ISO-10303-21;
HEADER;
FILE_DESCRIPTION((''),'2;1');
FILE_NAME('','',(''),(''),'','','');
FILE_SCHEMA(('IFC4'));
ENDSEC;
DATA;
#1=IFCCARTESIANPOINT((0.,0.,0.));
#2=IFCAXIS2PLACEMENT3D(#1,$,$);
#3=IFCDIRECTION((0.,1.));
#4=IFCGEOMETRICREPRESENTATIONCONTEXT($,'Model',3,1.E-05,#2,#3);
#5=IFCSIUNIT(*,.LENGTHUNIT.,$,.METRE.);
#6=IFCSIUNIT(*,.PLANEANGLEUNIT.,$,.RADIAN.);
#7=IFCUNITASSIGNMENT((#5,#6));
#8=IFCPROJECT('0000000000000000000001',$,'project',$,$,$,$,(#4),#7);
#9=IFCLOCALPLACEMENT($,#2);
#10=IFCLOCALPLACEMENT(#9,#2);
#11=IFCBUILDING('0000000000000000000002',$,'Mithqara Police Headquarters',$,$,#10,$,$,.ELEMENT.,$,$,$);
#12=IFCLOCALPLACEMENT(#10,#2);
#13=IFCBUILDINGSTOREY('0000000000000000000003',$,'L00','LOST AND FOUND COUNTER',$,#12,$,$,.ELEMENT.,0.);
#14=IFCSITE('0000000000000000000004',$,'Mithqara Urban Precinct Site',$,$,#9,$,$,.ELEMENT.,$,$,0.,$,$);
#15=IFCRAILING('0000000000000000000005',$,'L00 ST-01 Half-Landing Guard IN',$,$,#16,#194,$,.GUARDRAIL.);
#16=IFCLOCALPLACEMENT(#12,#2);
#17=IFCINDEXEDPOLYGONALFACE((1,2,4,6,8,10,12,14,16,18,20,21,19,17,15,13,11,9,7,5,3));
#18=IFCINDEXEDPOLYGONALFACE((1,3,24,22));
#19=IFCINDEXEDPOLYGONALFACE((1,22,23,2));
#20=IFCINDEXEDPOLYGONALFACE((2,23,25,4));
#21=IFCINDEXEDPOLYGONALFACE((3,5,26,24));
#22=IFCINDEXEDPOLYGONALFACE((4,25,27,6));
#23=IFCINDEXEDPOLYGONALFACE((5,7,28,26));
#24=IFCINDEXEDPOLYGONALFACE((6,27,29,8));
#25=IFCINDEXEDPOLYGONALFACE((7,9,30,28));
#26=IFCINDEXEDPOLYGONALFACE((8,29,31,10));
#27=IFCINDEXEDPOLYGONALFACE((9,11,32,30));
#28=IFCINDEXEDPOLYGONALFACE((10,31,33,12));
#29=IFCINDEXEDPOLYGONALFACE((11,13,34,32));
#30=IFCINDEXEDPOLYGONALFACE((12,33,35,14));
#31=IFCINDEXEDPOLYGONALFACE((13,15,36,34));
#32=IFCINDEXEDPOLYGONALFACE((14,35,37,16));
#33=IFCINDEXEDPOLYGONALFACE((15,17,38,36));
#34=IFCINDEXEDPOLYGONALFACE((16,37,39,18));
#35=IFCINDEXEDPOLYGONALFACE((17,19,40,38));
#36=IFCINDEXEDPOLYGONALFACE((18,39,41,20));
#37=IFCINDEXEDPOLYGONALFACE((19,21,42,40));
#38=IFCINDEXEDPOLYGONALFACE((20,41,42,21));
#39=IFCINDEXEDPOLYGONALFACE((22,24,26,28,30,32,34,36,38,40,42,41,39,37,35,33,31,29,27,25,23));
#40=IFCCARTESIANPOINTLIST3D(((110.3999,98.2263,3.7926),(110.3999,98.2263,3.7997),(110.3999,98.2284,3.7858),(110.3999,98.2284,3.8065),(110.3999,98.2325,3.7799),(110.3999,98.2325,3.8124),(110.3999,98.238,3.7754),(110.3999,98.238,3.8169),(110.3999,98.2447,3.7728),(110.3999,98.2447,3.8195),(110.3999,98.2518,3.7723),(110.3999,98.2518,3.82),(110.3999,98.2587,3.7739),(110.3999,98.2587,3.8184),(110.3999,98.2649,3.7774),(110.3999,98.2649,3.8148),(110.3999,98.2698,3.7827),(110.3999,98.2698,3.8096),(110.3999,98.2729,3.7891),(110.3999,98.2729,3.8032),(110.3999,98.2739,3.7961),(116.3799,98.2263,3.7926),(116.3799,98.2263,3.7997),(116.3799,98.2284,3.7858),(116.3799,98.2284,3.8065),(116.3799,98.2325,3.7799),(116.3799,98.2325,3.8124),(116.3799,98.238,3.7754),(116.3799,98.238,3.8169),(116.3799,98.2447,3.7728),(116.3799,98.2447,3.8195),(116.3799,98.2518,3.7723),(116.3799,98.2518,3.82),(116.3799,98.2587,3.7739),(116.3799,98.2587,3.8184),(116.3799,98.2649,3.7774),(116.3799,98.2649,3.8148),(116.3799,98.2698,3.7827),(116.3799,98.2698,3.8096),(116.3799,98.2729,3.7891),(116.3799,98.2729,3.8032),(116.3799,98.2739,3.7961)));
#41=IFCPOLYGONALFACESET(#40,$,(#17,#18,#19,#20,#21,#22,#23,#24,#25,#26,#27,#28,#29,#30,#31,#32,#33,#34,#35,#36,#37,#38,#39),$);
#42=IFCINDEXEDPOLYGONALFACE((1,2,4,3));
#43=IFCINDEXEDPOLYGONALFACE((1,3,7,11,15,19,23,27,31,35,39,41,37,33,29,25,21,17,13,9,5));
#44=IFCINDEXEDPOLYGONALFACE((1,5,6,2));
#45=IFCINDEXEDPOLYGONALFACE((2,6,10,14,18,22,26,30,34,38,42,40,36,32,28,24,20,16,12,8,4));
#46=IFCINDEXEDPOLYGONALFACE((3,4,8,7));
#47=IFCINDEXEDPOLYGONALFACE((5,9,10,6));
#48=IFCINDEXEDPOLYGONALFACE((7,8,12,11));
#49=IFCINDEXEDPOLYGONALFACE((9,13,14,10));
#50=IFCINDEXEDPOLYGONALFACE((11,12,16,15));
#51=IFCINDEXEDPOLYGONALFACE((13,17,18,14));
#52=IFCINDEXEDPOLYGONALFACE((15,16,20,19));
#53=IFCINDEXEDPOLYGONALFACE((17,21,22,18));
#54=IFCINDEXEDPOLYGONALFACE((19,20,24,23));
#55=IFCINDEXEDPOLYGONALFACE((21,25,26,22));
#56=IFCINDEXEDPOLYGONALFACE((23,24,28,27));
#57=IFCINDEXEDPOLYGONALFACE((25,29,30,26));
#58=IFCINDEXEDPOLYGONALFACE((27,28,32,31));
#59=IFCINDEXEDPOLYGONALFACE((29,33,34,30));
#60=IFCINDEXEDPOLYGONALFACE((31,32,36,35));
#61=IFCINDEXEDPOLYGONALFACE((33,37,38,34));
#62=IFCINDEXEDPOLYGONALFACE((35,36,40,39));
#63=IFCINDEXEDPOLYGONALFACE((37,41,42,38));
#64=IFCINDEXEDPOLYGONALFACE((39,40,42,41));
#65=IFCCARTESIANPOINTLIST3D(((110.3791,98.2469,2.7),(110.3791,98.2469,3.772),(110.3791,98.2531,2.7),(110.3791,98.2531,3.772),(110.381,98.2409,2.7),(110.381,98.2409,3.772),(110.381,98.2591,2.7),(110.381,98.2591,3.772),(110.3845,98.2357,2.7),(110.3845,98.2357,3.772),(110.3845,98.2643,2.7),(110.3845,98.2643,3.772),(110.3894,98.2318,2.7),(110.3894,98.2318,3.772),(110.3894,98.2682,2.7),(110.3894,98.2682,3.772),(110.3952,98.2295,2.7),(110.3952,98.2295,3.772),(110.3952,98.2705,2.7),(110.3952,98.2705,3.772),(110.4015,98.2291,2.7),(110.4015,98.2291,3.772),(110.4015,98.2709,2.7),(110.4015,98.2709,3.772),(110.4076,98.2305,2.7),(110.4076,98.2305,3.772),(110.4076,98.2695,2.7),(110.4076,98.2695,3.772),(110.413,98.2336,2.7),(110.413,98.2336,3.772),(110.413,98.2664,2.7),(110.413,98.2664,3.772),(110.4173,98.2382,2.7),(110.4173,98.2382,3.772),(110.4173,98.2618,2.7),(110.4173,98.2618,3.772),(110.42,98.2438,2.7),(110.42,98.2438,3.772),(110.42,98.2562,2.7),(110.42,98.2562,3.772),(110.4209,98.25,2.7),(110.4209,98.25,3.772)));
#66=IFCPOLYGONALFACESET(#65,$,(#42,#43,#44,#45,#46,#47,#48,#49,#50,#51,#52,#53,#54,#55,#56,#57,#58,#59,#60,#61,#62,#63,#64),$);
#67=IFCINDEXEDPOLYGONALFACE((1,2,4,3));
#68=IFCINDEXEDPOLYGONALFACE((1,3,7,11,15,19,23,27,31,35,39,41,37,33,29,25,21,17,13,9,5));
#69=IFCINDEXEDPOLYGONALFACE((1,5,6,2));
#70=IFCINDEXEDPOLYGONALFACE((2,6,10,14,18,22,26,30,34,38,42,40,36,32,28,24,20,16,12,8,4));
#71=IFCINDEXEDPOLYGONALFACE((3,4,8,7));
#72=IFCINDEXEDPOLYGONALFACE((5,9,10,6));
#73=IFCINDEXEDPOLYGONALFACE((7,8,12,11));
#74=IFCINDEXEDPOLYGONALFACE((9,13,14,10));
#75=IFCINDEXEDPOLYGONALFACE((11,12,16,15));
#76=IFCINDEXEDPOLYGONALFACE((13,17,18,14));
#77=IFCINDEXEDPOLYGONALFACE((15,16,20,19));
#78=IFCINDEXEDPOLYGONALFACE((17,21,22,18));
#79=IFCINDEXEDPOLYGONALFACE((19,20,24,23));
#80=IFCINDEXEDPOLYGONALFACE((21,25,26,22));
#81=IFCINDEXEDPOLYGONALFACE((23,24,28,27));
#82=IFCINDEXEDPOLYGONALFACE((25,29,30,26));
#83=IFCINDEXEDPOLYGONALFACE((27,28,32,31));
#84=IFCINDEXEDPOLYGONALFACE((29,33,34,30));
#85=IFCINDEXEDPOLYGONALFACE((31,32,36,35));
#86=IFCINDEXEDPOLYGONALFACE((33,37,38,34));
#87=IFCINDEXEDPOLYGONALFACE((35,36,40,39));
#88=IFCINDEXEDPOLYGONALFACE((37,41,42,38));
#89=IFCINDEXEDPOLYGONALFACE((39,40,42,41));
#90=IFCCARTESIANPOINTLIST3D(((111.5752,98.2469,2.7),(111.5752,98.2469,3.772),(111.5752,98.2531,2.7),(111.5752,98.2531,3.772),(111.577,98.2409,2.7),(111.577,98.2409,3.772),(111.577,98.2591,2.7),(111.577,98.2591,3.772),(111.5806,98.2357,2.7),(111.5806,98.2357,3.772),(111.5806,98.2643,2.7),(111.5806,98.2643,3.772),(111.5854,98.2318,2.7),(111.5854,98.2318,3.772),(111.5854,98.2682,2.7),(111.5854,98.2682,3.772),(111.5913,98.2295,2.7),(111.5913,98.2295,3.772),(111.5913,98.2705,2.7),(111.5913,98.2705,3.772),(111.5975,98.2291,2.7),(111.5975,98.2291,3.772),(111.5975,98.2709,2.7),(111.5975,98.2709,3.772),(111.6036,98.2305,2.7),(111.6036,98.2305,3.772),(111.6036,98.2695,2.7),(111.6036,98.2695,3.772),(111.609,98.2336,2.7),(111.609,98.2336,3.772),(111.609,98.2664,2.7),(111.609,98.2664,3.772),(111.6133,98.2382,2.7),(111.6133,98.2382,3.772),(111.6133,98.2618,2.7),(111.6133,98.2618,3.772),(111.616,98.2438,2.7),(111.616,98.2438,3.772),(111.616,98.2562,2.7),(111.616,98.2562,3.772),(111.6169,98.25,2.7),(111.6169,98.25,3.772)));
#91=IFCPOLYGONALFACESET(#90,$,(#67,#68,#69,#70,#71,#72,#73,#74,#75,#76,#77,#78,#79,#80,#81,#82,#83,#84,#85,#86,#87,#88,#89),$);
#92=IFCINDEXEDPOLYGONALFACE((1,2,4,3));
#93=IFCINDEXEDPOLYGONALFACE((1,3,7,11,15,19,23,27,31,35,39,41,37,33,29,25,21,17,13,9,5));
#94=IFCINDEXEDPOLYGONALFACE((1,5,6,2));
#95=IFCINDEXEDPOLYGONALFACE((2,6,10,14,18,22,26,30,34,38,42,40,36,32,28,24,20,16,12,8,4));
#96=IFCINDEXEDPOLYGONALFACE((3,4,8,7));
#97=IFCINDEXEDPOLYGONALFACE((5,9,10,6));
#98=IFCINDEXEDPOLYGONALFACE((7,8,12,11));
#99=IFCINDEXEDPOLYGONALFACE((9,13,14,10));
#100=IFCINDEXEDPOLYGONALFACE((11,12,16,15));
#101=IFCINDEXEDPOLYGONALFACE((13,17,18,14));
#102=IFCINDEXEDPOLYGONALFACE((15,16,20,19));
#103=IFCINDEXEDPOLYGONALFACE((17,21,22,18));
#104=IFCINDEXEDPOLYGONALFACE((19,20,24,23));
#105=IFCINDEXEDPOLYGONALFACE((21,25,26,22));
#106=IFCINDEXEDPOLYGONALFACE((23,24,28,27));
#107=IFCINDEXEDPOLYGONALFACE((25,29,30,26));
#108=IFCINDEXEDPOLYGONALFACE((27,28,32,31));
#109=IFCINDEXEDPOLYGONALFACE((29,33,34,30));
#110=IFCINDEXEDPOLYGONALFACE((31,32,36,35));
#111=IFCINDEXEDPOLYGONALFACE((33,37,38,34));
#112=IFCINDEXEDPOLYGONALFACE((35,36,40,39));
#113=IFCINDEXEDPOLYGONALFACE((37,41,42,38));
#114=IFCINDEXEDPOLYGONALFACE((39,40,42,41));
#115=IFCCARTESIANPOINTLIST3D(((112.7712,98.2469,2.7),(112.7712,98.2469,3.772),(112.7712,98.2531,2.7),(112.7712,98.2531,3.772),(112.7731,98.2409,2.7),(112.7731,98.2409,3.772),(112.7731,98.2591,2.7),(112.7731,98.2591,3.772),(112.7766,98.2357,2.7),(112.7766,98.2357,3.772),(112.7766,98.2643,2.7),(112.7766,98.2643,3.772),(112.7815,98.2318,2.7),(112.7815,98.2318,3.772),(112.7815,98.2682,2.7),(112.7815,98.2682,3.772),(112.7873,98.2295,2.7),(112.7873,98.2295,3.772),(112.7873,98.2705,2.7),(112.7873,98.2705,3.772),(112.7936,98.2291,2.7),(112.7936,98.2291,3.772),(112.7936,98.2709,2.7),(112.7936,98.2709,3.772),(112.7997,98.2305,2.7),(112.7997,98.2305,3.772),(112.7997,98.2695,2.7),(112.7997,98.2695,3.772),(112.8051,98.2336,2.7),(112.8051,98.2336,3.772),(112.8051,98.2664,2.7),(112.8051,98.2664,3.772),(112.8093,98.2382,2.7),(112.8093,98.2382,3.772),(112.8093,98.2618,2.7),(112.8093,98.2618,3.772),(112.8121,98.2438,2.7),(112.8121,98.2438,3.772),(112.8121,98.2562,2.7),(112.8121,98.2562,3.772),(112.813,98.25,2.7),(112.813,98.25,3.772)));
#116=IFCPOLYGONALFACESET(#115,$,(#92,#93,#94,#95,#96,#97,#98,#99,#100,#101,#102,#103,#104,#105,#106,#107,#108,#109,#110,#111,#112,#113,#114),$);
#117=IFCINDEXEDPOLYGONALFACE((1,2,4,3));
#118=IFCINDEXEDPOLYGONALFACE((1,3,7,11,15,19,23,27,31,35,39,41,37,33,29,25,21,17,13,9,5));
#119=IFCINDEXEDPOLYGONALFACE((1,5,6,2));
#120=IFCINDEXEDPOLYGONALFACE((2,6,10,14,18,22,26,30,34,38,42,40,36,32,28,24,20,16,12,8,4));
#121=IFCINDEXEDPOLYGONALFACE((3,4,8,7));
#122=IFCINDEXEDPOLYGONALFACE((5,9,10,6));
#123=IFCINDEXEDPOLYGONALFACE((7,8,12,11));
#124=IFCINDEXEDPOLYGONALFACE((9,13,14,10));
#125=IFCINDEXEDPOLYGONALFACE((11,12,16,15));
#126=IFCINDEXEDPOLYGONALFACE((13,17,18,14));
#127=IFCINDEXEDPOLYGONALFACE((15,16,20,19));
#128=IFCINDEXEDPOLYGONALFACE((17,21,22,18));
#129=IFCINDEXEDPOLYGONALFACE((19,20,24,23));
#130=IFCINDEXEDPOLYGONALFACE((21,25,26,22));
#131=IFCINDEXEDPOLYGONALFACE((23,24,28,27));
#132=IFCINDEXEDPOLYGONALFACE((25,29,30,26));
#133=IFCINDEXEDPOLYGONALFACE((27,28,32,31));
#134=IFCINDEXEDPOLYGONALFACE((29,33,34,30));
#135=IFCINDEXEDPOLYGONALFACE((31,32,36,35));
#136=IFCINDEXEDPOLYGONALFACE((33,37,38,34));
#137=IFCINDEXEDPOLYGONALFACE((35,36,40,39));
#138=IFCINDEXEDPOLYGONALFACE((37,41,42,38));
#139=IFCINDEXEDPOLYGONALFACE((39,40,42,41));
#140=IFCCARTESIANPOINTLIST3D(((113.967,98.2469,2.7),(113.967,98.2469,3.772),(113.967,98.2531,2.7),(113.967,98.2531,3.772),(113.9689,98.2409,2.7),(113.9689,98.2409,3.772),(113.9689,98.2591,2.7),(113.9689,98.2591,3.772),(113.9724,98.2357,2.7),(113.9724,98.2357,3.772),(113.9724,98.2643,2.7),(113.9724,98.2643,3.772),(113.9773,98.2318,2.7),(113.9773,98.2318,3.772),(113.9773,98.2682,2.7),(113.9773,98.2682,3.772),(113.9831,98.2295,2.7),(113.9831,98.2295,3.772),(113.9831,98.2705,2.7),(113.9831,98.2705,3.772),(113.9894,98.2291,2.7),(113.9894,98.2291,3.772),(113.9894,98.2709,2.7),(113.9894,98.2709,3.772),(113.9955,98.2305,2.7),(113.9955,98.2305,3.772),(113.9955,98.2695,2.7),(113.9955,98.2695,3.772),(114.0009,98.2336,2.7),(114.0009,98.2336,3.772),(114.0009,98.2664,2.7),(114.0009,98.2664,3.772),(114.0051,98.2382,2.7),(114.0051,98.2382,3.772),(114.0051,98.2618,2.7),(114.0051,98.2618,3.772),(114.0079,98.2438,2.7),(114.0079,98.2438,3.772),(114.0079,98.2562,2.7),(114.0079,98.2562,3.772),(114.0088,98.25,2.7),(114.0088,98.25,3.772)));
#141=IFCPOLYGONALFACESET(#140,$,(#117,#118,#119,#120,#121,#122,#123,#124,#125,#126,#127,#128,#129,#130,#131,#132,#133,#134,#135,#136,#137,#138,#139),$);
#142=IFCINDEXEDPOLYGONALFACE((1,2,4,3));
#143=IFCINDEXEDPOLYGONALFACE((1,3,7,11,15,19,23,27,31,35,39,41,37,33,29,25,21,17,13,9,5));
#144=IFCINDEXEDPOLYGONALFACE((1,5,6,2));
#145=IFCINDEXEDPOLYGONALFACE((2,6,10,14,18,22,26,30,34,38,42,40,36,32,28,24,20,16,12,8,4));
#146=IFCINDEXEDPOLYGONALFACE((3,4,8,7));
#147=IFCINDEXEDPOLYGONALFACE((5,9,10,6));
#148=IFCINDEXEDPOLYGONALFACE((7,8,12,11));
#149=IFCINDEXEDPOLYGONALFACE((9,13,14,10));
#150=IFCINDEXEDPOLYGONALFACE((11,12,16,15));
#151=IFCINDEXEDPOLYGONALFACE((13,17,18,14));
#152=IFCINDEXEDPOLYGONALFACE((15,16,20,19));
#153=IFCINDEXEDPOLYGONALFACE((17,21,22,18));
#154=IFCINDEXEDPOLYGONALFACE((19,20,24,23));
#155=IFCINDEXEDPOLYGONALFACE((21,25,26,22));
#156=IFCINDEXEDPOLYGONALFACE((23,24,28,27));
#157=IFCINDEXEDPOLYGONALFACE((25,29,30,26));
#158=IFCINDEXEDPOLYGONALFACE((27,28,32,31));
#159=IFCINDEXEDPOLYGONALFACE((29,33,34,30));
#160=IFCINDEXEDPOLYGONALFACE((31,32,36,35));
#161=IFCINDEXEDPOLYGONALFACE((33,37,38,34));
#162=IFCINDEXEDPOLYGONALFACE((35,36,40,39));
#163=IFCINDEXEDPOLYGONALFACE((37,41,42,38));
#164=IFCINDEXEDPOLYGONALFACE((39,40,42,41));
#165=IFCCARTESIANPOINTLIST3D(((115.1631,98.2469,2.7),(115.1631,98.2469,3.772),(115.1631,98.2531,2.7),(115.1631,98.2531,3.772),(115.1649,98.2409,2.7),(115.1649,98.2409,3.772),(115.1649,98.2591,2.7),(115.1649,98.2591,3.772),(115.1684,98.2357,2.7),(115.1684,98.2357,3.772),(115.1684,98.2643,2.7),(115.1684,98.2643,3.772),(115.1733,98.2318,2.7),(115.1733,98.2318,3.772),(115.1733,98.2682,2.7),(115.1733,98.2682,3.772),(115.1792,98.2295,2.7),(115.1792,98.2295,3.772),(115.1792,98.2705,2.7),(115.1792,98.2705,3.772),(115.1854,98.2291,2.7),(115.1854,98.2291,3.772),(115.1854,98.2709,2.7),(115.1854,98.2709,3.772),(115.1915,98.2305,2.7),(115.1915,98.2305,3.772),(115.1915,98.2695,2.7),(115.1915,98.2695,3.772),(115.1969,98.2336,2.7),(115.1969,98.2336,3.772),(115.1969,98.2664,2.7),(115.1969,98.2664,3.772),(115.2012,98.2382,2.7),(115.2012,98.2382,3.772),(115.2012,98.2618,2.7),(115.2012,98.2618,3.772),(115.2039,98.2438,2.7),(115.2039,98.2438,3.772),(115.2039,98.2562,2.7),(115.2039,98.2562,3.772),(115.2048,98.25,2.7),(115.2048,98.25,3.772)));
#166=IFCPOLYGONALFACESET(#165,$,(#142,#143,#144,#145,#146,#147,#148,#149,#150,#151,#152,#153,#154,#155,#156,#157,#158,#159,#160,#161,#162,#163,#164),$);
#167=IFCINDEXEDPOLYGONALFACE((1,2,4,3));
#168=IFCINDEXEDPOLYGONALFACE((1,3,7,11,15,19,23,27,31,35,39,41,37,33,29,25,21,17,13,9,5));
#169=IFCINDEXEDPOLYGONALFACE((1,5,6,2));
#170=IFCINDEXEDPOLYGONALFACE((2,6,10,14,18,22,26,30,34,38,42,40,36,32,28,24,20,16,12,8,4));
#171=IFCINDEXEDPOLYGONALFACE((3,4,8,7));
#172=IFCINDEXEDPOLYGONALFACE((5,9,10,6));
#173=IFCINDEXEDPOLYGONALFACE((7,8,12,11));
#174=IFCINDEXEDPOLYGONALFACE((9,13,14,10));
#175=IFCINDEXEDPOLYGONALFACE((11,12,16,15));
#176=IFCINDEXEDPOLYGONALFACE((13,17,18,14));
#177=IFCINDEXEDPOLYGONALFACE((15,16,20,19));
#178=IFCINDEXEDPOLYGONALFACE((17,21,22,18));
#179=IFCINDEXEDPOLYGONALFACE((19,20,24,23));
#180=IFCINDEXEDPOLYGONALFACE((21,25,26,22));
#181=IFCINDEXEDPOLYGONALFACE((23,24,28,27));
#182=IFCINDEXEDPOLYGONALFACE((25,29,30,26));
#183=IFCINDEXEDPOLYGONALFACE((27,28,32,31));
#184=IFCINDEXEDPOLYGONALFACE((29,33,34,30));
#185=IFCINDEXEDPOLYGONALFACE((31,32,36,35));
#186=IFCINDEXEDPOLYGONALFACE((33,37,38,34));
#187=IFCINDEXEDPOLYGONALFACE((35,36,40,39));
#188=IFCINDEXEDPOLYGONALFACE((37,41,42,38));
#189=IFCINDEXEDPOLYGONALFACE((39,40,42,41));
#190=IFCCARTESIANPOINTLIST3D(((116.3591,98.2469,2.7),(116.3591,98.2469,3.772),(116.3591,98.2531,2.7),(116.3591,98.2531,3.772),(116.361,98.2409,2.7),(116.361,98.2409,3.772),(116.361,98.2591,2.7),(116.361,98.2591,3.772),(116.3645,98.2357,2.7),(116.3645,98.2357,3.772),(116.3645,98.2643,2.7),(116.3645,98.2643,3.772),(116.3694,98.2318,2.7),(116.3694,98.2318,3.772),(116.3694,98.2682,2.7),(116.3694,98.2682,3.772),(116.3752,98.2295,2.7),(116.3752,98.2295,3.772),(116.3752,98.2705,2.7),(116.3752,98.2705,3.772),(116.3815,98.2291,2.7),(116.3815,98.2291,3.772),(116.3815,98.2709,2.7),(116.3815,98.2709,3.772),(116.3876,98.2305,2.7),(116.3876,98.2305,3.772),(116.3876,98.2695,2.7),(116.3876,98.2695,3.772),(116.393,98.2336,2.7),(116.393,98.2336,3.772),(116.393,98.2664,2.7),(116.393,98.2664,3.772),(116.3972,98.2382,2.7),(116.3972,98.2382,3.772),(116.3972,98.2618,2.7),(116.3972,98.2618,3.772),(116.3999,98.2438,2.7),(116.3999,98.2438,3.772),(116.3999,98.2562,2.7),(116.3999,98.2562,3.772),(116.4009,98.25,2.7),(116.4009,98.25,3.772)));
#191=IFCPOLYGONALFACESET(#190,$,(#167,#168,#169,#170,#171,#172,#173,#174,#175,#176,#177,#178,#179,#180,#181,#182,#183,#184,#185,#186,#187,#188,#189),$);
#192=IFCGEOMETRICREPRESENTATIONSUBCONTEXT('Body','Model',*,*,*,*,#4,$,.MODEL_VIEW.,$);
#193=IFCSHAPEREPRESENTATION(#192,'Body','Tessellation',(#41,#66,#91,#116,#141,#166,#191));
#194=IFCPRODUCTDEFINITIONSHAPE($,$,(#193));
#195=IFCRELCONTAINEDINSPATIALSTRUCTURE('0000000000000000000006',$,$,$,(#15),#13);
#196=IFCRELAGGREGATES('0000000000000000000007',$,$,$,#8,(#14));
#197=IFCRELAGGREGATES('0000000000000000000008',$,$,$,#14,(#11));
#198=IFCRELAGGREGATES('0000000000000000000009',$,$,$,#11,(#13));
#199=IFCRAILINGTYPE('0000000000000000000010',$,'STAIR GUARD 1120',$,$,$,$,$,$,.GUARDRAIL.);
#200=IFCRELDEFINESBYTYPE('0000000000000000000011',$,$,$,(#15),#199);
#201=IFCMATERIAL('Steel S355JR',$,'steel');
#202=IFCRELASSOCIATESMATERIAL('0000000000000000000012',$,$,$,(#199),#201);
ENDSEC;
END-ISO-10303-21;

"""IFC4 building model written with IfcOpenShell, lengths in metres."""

from ifc_helpers import new_model, si_unit, direction, frame, origin, origin_2d, place, context, subcontext, project, spatial, circle, extrude, material, type_object, element, save


model = new_model("IFC4")

# Units and contexts
model_context = context("Model", 3, precision=1e-05, world=origin(), true_north=direction((0.0, 1.0)))
body_context = subcontext(model_context, "Body", "Model", "MODEL_VIEW")
ifc_project = project(units=[si_unit("LENGTHUNIT", "METRE"), si_unit("PLANEANGLEUNIT", "RADIAN")], contexts=[model_context])

# Site, building, storey
site_placement = place(None, origin())
site = spatial("IfcSite", under=ifc_project, at=site_placement, Name="Mithqara Urban Precinct Site", CompositionType="ELEMENT", RefElevation=0.0)
building_placement = place(site_placement, origin())
building = spatial("IfcBuilding", under=site, at=building_placement, Name="Mithqara Police Headquarters", CompositionType="ELEMENT")
storey_placement = place(building_placement, origin())
storey = spatial("IfcBuildingStorey", under=building, at=storey_placement, Name="L00", Description="LOST AND FOUND COUNTER", CompositionType="ELEMENT", Elevation=0.0)

# Shared definitions
ifc_material_1 = material(Name="Steel S355JR", Category="steel")

# Railing
railing_type_1 = type_object("IfcRailingType", Name="STAIR GUARD 1120", PredefinedType="GUARDRAIL", material=ifc_material_1)
for number, where, name in (
    (1, (110.3999, 98.25, 2.7), "L00 ST-01 Half-Landing Guard IN"),
):
    element("IfcRailing", number, at=place(storey_placement, frame(where)), inside=storey, type_object=railing_type_1, Name=name, PredefinedType="GUARDRAIL", context=body_context, shape_type="SweptSolid", body=[
        extrude(circle(Radius=0.0239, at=origin_2d()), frame((0.0, 0.0, 1.0962), z_axis=(1.0, 0.0, 0.0), x_axis=(0.0, 1.0, 0.0)), (0.0, 0.0, 1.0), 5.98),
        extrude(circle(Radius=0.021, at=origin_2d()), origin(), (0.0, 0.0, 1.0), 1.072),
        extrude(circle(Radius=0.021, at=origin_2d()), frame((1.196, 0.0, 0.0)), (0.0, 0.0, 1.0), 1.072),
        extrude(circle(Radius=0.021, at=origin_2d()), frame((2.3921, 0.0, 0.0)), (0.0, 0.0, 1.0), 1.072),
        extrude(circle(Radius=0.021, at=origin_2d()), frame((3.5879, 0.0, 0.0)), (0.0, 0.0, 1.0), 1.072),
        extrude(circle(Radius=0.021, at=origin_2d()), frame((4.7839, 0.0, 0.0)), (0.0, 0.0, 1.0), 1.072),
        extrude(circle(Radius=0.021, at=origin_2d()), frame((5.98, 0.0, 0.0)), (0.0, 0.0, 1.0), 1.072),
    ])

save(model, "model.ifc")
